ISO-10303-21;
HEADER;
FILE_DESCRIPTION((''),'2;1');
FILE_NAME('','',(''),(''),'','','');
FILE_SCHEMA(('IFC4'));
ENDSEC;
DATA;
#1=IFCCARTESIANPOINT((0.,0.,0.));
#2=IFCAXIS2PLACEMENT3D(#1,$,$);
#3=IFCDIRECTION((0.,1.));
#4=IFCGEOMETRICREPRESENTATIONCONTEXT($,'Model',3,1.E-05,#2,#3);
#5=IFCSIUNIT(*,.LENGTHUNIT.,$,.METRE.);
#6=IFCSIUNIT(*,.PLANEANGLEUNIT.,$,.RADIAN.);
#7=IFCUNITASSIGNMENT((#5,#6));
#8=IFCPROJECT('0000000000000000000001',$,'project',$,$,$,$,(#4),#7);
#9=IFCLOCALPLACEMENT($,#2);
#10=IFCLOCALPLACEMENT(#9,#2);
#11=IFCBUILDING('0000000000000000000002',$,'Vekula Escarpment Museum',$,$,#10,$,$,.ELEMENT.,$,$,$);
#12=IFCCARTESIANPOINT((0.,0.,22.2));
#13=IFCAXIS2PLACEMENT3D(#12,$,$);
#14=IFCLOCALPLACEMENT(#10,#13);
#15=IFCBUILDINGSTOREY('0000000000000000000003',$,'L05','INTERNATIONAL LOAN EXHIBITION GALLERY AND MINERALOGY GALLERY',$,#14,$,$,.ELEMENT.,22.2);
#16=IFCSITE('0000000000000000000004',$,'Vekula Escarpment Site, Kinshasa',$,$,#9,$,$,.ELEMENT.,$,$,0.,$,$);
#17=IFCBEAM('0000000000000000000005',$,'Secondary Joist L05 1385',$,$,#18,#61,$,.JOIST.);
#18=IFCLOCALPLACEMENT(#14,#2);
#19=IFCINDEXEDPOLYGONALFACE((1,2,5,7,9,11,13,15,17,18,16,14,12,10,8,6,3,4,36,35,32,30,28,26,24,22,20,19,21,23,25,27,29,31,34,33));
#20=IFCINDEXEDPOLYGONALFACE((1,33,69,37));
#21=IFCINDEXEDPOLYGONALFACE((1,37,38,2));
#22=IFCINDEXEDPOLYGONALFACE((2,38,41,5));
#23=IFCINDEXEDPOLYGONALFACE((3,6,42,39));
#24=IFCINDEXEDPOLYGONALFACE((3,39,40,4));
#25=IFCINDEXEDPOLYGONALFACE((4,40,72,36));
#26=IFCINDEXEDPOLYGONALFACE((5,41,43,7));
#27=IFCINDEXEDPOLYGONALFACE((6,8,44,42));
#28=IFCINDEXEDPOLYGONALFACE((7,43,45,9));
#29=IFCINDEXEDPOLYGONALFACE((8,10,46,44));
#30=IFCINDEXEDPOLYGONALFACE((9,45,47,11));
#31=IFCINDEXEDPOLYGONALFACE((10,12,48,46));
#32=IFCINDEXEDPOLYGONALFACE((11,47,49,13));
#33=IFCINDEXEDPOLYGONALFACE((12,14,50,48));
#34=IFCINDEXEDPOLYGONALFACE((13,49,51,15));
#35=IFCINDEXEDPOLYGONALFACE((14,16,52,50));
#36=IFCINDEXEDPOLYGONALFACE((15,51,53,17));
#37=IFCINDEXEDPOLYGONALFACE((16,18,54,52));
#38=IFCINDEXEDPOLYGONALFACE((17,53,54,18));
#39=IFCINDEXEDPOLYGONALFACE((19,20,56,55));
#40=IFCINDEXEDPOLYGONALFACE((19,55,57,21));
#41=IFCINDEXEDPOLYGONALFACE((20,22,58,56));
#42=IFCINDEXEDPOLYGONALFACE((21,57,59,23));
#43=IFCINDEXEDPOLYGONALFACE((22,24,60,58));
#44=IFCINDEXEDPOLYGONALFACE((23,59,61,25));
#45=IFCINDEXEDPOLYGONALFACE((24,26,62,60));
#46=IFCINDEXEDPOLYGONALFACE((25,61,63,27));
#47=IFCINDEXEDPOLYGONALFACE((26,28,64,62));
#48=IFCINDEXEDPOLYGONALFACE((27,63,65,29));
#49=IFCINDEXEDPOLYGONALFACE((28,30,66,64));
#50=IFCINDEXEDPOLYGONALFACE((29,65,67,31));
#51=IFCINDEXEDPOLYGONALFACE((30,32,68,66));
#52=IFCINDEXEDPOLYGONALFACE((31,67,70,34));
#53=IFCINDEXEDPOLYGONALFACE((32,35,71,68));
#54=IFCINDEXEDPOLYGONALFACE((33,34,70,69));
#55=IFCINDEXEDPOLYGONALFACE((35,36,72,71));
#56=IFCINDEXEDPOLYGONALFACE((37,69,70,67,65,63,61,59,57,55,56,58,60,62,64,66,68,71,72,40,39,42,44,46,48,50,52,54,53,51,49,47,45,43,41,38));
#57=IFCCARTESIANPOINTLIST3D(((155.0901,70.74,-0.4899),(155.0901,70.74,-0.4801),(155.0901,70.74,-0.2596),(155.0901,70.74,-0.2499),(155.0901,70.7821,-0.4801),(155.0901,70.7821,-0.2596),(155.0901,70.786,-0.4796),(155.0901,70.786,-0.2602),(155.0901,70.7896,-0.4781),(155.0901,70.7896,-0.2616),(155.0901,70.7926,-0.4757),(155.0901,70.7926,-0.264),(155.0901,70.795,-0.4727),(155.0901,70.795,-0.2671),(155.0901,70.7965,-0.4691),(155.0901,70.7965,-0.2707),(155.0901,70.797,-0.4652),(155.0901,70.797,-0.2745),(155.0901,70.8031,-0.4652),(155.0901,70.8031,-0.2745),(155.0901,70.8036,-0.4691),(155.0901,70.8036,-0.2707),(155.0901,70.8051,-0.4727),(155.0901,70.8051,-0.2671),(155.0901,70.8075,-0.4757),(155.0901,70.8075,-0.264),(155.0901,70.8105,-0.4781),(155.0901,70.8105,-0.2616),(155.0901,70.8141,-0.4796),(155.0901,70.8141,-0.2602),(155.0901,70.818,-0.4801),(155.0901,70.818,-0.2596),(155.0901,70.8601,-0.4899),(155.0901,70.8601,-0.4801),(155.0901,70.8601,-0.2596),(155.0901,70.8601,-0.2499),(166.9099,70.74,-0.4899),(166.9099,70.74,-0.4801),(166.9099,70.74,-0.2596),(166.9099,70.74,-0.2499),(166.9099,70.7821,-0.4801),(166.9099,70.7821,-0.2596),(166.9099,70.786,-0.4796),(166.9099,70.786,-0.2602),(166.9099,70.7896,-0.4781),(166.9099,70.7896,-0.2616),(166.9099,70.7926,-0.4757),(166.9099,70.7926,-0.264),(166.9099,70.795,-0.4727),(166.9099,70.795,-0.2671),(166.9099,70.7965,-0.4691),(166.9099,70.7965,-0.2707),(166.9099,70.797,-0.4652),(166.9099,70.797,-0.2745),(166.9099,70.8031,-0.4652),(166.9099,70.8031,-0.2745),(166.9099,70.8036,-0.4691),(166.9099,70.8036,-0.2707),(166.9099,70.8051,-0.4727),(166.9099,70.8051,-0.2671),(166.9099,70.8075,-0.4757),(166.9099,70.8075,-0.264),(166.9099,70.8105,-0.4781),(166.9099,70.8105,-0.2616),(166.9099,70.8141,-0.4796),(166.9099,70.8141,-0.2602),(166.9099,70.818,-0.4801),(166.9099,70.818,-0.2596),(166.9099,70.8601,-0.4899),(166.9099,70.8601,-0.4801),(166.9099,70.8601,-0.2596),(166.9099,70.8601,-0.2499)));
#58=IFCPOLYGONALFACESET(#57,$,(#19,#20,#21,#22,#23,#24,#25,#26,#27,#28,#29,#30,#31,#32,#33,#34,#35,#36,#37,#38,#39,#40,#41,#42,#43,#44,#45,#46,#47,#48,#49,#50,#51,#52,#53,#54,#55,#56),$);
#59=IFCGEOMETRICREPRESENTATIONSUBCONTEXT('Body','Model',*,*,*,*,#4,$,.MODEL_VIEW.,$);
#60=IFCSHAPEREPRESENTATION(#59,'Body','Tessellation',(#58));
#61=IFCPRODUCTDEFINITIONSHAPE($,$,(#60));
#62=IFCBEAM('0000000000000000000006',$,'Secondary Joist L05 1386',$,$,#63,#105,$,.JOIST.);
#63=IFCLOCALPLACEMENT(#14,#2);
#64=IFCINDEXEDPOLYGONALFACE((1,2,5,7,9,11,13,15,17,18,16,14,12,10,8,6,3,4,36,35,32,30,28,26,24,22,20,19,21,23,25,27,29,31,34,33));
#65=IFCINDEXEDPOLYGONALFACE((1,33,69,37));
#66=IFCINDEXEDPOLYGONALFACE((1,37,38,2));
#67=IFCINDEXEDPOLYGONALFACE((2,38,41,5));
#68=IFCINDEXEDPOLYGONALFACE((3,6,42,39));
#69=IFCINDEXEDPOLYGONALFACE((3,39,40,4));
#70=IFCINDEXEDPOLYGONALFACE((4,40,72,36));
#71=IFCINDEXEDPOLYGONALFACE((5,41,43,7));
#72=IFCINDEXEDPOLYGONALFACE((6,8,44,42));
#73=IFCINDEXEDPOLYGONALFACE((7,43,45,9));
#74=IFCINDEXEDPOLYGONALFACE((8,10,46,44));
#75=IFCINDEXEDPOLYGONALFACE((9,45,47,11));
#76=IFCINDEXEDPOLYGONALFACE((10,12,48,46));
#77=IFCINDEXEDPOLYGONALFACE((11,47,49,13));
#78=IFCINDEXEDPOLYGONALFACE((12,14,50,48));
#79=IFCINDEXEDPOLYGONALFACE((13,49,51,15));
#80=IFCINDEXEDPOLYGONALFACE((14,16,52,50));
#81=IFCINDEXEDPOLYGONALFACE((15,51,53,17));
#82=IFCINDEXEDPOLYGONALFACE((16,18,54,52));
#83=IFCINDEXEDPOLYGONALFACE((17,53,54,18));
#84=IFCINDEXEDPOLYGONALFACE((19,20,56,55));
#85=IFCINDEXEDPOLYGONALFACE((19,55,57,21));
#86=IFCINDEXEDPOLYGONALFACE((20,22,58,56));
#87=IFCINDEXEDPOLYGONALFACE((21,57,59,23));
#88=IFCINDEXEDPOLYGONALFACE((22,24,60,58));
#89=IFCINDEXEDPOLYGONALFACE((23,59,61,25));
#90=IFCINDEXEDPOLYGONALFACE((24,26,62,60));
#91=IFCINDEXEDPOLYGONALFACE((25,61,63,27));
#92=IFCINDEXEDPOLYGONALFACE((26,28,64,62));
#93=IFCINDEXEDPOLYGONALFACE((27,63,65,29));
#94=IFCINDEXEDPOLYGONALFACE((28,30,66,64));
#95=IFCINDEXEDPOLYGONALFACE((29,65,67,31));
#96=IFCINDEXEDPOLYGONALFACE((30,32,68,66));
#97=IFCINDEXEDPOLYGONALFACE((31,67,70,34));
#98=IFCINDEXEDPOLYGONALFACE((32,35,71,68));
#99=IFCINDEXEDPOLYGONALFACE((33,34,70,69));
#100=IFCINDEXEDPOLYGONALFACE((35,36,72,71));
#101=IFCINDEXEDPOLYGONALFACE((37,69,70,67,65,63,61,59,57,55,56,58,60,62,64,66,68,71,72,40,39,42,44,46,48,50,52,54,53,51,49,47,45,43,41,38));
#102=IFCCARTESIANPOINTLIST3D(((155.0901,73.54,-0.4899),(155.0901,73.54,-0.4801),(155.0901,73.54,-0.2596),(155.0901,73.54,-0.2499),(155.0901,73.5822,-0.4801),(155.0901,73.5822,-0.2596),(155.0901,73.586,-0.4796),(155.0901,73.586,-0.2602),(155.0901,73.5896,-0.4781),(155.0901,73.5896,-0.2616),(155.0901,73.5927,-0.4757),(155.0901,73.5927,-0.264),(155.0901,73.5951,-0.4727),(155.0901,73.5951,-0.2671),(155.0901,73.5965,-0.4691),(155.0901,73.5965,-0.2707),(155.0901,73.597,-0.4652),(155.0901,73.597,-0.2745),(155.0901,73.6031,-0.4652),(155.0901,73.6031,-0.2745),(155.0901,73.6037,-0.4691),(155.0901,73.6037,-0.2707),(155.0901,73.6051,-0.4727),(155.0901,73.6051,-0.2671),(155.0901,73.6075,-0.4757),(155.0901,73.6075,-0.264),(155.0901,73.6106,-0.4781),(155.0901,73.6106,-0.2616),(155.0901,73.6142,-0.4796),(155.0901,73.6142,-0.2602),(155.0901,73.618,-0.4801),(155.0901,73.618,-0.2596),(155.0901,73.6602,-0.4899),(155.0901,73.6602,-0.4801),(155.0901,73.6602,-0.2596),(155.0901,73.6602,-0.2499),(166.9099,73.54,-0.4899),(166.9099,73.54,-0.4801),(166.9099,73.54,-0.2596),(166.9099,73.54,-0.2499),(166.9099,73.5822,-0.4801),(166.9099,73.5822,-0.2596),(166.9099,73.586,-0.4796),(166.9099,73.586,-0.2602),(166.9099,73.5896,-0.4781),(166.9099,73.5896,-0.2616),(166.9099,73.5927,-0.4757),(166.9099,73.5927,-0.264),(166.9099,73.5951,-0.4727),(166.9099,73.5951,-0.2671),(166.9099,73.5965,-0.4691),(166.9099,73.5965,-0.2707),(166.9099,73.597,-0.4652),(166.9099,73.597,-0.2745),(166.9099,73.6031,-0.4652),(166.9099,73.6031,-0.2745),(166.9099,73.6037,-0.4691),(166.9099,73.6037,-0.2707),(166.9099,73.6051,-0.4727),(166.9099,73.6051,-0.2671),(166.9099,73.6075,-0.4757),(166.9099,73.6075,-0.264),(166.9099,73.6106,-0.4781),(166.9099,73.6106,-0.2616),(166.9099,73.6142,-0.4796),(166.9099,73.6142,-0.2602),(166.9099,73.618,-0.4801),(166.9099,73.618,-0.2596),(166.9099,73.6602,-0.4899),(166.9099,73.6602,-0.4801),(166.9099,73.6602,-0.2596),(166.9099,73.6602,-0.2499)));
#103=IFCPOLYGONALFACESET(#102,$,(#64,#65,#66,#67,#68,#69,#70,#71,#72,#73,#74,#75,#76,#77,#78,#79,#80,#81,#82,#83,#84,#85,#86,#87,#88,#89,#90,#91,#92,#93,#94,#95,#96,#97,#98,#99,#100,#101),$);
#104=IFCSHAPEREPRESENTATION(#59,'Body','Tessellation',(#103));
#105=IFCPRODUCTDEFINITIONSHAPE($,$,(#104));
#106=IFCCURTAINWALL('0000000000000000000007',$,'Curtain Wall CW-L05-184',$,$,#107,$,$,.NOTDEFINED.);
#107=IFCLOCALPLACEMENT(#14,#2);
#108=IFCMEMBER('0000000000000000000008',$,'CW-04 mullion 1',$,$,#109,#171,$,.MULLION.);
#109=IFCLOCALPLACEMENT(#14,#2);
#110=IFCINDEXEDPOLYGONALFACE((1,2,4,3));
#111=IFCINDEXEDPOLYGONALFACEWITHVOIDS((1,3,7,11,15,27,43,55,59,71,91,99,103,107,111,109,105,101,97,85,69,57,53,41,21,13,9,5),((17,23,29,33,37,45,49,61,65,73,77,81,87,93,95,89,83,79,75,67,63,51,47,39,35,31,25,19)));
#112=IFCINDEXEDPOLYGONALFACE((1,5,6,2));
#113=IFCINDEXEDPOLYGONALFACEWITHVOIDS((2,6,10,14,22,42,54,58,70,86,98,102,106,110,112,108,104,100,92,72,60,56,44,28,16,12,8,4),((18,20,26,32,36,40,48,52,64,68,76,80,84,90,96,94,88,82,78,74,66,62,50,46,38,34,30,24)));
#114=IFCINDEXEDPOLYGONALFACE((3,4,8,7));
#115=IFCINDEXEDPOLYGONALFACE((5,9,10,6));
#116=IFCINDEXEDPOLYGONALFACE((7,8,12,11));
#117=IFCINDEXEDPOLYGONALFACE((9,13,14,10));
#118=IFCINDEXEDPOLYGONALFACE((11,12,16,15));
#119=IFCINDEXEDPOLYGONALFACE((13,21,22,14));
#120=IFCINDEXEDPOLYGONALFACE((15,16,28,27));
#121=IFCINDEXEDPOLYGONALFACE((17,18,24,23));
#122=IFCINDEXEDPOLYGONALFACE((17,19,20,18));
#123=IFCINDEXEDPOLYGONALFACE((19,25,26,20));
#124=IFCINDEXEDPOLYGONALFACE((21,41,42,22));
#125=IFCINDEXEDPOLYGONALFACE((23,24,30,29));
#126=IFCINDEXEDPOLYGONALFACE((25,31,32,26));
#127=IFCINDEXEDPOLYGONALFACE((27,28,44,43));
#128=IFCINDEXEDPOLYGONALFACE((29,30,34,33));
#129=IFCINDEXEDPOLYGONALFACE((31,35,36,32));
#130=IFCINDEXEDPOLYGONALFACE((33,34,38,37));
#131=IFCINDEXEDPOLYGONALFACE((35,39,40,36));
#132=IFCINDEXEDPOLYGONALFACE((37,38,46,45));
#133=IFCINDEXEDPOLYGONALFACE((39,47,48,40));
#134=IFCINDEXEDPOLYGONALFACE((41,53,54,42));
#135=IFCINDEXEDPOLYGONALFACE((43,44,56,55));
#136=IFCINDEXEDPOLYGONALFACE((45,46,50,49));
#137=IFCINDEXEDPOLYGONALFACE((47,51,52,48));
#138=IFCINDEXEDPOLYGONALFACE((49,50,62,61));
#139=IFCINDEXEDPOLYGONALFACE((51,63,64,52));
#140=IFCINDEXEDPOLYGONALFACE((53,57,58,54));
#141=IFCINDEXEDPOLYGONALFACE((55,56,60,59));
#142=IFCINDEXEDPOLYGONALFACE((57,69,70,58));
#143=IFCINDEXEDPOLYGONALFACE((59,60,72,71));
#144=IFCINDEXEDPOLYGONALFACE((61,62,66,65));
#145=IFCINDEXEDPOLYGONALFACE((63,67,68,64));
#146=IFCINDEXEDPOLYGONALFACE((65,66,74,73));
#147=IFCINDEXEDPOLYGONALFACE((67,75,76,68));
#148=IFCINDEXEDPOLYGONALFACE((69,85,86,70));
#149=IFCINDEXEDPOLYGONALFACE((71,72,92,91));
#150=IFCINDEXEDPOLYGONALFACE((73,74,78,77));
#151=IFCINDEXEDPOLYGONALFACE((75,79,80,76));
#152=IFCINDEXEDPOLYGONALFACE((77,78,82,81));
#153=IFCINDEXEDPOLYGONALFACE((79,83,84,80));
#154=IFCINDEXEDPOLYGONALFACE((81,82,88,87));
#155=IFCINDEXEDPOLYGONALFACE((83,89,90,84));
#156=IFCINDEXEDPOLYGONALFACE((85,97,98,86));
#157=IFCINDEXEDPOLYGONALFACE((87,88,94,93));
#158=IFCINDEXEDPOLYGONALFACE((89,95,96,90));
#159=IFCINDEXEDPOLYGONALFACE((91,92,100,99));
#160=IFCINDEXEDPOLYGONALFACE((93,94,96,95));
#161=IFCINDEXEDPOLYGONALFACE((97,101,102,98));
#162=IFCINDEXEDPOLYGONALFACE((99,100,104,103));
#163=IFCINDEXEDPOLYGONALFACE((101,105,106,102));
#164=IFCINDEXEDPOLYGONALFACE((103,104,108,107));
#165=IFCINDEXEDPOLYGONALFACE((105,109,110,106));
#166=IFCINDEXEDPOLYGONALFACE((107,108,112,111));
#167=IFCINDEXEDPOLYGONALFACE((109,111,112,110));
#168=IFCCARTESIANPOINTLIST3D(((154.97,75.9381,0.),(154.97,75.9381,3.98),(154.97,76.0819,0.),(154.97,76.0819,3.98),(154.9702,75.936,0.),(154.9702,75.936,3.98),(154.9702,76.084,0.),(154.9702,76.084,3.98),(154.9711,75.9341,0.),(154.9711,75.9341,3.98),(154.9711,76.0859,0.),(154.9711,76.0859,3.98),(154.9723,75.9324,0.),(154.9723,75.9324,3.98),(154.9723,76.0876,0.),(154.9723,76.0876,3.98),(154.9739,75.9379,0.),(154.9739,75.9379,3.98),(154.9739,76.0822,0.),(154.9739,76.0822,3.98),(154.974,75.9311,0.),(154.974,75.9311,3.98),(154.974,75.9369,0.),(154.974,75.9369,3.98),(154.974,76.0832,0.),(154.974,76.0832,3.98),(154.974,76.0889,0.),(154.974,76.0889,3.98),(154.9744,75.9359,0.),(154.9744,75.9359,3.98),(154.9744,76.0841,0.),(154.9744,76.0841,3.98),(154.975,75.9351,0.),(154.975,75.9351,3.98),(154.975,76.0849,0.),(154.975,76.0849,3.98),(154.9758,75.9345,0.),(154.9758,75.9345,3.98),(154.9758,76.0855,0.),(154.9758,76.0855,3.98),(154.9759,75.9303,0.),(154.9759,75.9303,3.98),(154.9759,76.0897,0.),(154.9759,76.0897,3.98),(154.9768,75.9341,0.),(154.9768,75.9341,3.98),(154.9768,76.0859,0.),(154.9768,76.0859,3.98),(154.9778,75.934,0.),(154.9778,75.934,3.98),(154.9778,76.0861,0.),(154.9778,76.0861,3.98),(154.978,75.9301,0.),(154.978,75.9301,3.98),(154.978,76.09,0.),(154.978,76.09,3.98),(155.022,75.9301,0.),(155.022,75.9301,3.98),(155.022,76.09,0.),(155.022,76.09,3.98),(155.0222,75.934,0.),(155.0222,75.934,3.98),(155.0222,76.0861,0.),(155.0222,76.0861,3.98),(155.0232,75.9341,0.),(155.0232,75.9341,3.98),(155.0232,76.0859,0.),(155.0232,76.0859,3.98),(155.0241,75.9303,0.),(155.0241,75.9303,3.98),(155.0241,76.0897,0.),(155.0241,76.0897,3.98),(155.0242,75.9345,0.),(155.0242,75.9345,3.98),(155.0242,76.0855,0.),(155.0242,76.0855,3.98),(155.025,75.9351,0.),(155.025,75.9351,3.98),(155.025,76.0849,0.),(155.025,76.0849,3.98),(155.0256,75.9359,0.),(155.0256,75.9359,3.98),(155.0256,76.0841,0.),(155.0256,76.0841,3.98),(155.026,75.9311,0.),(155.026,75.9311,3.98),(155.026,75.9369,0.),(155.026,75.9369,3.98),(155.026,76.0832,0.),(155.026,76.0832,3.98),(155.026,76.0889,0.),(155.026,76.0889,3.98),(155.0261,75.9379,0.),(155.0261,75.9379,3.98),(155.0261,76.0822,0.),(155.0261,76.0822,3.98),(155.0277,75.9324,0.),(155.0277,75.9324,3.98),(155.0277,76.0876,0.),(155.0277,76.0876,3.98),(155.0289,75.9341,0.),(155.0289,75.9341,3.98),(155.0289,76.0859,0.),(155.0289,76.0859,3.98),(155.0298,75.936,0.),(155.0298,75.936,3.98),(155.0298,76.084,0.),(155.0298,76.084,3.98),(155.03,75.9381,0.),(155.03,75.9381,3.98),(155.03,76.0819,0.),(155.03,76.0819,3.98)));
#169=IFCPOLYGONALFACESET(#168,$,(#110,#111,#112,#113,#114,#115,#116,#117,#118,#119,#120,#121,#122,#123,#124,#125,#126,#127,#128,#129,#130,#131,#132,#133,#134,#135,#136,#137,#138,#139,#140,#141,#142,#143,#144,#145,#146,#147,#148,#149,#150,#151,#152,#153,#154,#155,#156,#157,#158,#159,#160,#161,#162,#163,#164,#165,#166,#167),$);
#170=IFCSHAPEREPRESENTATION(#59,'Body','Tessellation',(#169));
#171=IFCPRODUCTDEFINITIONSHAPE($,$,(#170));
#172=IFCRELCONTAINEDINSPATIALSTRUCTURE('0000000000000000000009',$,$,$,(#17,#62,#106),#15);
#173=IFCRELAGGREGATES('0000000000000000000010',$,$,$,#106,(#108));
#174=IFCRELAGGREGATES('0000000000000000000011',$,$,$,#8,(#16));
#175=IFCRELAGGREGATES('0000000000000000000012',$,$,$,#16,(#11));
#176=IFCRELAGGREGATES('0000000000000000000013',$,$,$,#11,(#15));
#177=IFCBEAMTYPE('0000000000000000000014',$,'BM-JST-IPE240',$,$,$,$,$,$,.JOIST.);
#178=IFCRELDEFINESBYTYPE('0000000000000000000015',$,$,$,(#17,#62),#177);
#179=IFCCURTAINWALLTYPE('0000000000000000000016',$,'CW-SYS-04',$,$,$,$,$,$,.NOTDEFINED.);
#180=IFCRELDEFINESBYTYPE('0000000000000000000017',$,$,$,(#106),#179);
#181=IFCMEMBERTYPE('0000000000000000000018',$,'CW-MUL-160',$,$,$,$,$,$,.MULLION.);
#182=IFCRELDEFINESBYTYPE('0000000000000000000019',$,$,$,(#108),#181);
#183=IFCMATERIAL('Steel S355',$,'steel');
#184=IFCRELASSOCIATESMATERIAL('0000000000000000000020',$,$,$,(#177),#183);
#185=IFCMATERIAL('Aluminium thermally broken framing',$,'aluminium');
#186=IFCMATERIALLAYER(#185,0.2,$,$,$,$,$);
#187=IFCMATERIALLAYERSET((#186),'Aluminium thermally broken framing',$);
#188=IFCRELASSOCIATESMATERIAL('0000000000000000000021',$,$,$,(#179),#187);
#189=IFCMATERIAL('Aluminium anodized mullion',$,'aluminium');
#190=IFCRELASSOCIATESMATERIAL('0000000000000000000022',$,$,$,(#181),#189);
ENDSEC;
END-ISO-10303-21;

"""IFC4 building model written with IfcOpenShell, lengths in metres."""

from ifc_helpers import new_model, si_unit, direction, frame, origin, origin_2d, place, context, subcontext, project, spatial, hollow_rectangle, i_section, extrude, material, layer, layer_set, material_profile, profile_set, type_object, element, aggregate, save


model = new_model("IFC4")

# Units and contexts
model_context = context("Model", 3, precision=1e-05, world=origin(), true_north=direction((0.0, 1.0)))
body_context = subcontext(model_context, "Body", "Model", "MODEL_VIEW")
ifc_project = project(units=[si_unit("LENGTHUNIT", "METRE"), si_unit("PLANEANGLEUNIT", "RADIAN")], contexts=[model_context])

# Site, building, storey
site_placement = place(None, origin())
site = spatial("IfcSite", under=ifc_project, at=site_placement, Name="Vekula Escarpment Site, Kinshasa", CompositionType="ELEMENT", RefElevation=0.0)
building_placement = place(site_placement, origin())
building = spatial("IfcBuilding", under=site, at=building_placement, Name="Vekula Escarpment Museum", CompositionType="ELEMENT")
storey_placement = place(building_placement, frame((0.0, 0.0, 22.2)))
storey = spatial("IfcBuildingStorey", under=building, at=storey_placement, Name="L05", Description="INTERNATIONAL LOAN EXHIBITION GALLERY AND MINERALOGY GALLERY", CompositionType="ELEMENT", Elevation=22.2)

# Beams
ifc_material_1 = material(Name="Steel S355", Category="steel")
ifc_material_profile_1 = material_profile(ifc_material_1, i_section(OverallWidth=0.1201, OverallDepth=0.24, WebThickness=0.0061, FlangeThickness=0.0098, FilletRadius=0.0149, at=origin_2d()), Name="IPE 240")
ifc_profile_set_1 = profile_set([ifc_material_profile_1], Name="Steel S355")
beam_type = type_object("IfcBeamType", Name="BM-JST-IPE240", PredefinedType="JOIST", material=ifc_profile_set_1)
for number, where, z_axis, x_axis, name in (
    (1, (155.0901, 70.8, -0.3699), (1.0, 0.0, 0.0), (0.0, 1.0, 0.0), "Secondary Joist L05 1385"),
    (2, (155.0901, 73.6001, -0.3699), (1.0, 0.0, 0.0), (0.0, 1.0, 0.0), "Secondary Joist L05 1386"),
):
    element("IfcBeam", number, at=place(storey_placement, frame(where, z_axis=z_axis, x_axis=x_axis)), inside=storey, type_object=beam_type, Name=name, PredefinedType="JOIST", context=body_context, shape_type="SweptSolid", body=[
        extrude(i_section(OverallWidth=0.1201, OverallDepth=0.24, WebThickness=0.0061, FlangeThickness=0.0098, FilletRadius=0.0149, at=origin_2d()), origin(), (0.0, 0.0, 1.0), 11.8198),
    ])

# Curtain wall, member
ifc_material_2 = material(Name="Aluminium thermally broken framing", Category="aluminium")
ifc_layer_1 = layer(ifc_material_2, 0.2)
ifc_layer_set_1 = layer_set([ifc_layer_1], Name="Aluminium thermally broken framing")
curtain_wall_type = type_object("IfcCurtainWallType", Name="CW-SYS-04", PredefinedType="NOTDEFINED", material=ifc_layer_set_1)
curtain_wall_placement = place(storey_placement, origin())
curtain_wall = element("IfcCurtainWall", 3, at=curtain_wall_placement, inside=storey, type_object=curtain_wall_type, Name="Curtain Wall CW-L05-184", PredefinedType="NOTDEFINED")
ifc_material_3 = material(Name="Aluminium anodized mullion", Category="aluminium")
ifc_material_profile_2 = material_profile(ifc_material_3, hollow_rectangle(XDim=0.0601, YDim=0.1599, WallThickness=0.0039, InnerFilletRadius=0.0039, OuterFilletRadius=0.0081, at=origin_2d()), Name="ALU 160x60x4")
ifc_profile_set_2 = profile_set([ifc_material_profile_2], Name="Aluminium anodized mullion")
member_type_1 = type_object("IfcMemberType", Name="CW-MUL-160", PredefinedType="MULLION", material=ifc_profile_set_2)
member_1_placement = place(storey_placement, frame((155.0, 76.01, 0.0), z_axis=(0.0, 0.0, 1.0), x_axis=(1.0, 0.0, 0.0)))
member_1 = element("IfcMember", 4, at=member_1_placement, type_object=member_type_1, Name="CW-04 mullion 1", PredefinedType="MULLION", context=body_context, shape_type="SweptSolid", body=[
    extrude(hollow_rectangle(XDim=0.0601, YDim=0.1599, WallThickness=0.0039, InnerFilletRadius=0.0039, OuterFilletRadius=0.0081, at=origin_2d()), origin(), (0.0, 0.0, 1.0), 3.98),
])
aggregate(curtain_wall, [member_1])

save(model, "model.ifc")
